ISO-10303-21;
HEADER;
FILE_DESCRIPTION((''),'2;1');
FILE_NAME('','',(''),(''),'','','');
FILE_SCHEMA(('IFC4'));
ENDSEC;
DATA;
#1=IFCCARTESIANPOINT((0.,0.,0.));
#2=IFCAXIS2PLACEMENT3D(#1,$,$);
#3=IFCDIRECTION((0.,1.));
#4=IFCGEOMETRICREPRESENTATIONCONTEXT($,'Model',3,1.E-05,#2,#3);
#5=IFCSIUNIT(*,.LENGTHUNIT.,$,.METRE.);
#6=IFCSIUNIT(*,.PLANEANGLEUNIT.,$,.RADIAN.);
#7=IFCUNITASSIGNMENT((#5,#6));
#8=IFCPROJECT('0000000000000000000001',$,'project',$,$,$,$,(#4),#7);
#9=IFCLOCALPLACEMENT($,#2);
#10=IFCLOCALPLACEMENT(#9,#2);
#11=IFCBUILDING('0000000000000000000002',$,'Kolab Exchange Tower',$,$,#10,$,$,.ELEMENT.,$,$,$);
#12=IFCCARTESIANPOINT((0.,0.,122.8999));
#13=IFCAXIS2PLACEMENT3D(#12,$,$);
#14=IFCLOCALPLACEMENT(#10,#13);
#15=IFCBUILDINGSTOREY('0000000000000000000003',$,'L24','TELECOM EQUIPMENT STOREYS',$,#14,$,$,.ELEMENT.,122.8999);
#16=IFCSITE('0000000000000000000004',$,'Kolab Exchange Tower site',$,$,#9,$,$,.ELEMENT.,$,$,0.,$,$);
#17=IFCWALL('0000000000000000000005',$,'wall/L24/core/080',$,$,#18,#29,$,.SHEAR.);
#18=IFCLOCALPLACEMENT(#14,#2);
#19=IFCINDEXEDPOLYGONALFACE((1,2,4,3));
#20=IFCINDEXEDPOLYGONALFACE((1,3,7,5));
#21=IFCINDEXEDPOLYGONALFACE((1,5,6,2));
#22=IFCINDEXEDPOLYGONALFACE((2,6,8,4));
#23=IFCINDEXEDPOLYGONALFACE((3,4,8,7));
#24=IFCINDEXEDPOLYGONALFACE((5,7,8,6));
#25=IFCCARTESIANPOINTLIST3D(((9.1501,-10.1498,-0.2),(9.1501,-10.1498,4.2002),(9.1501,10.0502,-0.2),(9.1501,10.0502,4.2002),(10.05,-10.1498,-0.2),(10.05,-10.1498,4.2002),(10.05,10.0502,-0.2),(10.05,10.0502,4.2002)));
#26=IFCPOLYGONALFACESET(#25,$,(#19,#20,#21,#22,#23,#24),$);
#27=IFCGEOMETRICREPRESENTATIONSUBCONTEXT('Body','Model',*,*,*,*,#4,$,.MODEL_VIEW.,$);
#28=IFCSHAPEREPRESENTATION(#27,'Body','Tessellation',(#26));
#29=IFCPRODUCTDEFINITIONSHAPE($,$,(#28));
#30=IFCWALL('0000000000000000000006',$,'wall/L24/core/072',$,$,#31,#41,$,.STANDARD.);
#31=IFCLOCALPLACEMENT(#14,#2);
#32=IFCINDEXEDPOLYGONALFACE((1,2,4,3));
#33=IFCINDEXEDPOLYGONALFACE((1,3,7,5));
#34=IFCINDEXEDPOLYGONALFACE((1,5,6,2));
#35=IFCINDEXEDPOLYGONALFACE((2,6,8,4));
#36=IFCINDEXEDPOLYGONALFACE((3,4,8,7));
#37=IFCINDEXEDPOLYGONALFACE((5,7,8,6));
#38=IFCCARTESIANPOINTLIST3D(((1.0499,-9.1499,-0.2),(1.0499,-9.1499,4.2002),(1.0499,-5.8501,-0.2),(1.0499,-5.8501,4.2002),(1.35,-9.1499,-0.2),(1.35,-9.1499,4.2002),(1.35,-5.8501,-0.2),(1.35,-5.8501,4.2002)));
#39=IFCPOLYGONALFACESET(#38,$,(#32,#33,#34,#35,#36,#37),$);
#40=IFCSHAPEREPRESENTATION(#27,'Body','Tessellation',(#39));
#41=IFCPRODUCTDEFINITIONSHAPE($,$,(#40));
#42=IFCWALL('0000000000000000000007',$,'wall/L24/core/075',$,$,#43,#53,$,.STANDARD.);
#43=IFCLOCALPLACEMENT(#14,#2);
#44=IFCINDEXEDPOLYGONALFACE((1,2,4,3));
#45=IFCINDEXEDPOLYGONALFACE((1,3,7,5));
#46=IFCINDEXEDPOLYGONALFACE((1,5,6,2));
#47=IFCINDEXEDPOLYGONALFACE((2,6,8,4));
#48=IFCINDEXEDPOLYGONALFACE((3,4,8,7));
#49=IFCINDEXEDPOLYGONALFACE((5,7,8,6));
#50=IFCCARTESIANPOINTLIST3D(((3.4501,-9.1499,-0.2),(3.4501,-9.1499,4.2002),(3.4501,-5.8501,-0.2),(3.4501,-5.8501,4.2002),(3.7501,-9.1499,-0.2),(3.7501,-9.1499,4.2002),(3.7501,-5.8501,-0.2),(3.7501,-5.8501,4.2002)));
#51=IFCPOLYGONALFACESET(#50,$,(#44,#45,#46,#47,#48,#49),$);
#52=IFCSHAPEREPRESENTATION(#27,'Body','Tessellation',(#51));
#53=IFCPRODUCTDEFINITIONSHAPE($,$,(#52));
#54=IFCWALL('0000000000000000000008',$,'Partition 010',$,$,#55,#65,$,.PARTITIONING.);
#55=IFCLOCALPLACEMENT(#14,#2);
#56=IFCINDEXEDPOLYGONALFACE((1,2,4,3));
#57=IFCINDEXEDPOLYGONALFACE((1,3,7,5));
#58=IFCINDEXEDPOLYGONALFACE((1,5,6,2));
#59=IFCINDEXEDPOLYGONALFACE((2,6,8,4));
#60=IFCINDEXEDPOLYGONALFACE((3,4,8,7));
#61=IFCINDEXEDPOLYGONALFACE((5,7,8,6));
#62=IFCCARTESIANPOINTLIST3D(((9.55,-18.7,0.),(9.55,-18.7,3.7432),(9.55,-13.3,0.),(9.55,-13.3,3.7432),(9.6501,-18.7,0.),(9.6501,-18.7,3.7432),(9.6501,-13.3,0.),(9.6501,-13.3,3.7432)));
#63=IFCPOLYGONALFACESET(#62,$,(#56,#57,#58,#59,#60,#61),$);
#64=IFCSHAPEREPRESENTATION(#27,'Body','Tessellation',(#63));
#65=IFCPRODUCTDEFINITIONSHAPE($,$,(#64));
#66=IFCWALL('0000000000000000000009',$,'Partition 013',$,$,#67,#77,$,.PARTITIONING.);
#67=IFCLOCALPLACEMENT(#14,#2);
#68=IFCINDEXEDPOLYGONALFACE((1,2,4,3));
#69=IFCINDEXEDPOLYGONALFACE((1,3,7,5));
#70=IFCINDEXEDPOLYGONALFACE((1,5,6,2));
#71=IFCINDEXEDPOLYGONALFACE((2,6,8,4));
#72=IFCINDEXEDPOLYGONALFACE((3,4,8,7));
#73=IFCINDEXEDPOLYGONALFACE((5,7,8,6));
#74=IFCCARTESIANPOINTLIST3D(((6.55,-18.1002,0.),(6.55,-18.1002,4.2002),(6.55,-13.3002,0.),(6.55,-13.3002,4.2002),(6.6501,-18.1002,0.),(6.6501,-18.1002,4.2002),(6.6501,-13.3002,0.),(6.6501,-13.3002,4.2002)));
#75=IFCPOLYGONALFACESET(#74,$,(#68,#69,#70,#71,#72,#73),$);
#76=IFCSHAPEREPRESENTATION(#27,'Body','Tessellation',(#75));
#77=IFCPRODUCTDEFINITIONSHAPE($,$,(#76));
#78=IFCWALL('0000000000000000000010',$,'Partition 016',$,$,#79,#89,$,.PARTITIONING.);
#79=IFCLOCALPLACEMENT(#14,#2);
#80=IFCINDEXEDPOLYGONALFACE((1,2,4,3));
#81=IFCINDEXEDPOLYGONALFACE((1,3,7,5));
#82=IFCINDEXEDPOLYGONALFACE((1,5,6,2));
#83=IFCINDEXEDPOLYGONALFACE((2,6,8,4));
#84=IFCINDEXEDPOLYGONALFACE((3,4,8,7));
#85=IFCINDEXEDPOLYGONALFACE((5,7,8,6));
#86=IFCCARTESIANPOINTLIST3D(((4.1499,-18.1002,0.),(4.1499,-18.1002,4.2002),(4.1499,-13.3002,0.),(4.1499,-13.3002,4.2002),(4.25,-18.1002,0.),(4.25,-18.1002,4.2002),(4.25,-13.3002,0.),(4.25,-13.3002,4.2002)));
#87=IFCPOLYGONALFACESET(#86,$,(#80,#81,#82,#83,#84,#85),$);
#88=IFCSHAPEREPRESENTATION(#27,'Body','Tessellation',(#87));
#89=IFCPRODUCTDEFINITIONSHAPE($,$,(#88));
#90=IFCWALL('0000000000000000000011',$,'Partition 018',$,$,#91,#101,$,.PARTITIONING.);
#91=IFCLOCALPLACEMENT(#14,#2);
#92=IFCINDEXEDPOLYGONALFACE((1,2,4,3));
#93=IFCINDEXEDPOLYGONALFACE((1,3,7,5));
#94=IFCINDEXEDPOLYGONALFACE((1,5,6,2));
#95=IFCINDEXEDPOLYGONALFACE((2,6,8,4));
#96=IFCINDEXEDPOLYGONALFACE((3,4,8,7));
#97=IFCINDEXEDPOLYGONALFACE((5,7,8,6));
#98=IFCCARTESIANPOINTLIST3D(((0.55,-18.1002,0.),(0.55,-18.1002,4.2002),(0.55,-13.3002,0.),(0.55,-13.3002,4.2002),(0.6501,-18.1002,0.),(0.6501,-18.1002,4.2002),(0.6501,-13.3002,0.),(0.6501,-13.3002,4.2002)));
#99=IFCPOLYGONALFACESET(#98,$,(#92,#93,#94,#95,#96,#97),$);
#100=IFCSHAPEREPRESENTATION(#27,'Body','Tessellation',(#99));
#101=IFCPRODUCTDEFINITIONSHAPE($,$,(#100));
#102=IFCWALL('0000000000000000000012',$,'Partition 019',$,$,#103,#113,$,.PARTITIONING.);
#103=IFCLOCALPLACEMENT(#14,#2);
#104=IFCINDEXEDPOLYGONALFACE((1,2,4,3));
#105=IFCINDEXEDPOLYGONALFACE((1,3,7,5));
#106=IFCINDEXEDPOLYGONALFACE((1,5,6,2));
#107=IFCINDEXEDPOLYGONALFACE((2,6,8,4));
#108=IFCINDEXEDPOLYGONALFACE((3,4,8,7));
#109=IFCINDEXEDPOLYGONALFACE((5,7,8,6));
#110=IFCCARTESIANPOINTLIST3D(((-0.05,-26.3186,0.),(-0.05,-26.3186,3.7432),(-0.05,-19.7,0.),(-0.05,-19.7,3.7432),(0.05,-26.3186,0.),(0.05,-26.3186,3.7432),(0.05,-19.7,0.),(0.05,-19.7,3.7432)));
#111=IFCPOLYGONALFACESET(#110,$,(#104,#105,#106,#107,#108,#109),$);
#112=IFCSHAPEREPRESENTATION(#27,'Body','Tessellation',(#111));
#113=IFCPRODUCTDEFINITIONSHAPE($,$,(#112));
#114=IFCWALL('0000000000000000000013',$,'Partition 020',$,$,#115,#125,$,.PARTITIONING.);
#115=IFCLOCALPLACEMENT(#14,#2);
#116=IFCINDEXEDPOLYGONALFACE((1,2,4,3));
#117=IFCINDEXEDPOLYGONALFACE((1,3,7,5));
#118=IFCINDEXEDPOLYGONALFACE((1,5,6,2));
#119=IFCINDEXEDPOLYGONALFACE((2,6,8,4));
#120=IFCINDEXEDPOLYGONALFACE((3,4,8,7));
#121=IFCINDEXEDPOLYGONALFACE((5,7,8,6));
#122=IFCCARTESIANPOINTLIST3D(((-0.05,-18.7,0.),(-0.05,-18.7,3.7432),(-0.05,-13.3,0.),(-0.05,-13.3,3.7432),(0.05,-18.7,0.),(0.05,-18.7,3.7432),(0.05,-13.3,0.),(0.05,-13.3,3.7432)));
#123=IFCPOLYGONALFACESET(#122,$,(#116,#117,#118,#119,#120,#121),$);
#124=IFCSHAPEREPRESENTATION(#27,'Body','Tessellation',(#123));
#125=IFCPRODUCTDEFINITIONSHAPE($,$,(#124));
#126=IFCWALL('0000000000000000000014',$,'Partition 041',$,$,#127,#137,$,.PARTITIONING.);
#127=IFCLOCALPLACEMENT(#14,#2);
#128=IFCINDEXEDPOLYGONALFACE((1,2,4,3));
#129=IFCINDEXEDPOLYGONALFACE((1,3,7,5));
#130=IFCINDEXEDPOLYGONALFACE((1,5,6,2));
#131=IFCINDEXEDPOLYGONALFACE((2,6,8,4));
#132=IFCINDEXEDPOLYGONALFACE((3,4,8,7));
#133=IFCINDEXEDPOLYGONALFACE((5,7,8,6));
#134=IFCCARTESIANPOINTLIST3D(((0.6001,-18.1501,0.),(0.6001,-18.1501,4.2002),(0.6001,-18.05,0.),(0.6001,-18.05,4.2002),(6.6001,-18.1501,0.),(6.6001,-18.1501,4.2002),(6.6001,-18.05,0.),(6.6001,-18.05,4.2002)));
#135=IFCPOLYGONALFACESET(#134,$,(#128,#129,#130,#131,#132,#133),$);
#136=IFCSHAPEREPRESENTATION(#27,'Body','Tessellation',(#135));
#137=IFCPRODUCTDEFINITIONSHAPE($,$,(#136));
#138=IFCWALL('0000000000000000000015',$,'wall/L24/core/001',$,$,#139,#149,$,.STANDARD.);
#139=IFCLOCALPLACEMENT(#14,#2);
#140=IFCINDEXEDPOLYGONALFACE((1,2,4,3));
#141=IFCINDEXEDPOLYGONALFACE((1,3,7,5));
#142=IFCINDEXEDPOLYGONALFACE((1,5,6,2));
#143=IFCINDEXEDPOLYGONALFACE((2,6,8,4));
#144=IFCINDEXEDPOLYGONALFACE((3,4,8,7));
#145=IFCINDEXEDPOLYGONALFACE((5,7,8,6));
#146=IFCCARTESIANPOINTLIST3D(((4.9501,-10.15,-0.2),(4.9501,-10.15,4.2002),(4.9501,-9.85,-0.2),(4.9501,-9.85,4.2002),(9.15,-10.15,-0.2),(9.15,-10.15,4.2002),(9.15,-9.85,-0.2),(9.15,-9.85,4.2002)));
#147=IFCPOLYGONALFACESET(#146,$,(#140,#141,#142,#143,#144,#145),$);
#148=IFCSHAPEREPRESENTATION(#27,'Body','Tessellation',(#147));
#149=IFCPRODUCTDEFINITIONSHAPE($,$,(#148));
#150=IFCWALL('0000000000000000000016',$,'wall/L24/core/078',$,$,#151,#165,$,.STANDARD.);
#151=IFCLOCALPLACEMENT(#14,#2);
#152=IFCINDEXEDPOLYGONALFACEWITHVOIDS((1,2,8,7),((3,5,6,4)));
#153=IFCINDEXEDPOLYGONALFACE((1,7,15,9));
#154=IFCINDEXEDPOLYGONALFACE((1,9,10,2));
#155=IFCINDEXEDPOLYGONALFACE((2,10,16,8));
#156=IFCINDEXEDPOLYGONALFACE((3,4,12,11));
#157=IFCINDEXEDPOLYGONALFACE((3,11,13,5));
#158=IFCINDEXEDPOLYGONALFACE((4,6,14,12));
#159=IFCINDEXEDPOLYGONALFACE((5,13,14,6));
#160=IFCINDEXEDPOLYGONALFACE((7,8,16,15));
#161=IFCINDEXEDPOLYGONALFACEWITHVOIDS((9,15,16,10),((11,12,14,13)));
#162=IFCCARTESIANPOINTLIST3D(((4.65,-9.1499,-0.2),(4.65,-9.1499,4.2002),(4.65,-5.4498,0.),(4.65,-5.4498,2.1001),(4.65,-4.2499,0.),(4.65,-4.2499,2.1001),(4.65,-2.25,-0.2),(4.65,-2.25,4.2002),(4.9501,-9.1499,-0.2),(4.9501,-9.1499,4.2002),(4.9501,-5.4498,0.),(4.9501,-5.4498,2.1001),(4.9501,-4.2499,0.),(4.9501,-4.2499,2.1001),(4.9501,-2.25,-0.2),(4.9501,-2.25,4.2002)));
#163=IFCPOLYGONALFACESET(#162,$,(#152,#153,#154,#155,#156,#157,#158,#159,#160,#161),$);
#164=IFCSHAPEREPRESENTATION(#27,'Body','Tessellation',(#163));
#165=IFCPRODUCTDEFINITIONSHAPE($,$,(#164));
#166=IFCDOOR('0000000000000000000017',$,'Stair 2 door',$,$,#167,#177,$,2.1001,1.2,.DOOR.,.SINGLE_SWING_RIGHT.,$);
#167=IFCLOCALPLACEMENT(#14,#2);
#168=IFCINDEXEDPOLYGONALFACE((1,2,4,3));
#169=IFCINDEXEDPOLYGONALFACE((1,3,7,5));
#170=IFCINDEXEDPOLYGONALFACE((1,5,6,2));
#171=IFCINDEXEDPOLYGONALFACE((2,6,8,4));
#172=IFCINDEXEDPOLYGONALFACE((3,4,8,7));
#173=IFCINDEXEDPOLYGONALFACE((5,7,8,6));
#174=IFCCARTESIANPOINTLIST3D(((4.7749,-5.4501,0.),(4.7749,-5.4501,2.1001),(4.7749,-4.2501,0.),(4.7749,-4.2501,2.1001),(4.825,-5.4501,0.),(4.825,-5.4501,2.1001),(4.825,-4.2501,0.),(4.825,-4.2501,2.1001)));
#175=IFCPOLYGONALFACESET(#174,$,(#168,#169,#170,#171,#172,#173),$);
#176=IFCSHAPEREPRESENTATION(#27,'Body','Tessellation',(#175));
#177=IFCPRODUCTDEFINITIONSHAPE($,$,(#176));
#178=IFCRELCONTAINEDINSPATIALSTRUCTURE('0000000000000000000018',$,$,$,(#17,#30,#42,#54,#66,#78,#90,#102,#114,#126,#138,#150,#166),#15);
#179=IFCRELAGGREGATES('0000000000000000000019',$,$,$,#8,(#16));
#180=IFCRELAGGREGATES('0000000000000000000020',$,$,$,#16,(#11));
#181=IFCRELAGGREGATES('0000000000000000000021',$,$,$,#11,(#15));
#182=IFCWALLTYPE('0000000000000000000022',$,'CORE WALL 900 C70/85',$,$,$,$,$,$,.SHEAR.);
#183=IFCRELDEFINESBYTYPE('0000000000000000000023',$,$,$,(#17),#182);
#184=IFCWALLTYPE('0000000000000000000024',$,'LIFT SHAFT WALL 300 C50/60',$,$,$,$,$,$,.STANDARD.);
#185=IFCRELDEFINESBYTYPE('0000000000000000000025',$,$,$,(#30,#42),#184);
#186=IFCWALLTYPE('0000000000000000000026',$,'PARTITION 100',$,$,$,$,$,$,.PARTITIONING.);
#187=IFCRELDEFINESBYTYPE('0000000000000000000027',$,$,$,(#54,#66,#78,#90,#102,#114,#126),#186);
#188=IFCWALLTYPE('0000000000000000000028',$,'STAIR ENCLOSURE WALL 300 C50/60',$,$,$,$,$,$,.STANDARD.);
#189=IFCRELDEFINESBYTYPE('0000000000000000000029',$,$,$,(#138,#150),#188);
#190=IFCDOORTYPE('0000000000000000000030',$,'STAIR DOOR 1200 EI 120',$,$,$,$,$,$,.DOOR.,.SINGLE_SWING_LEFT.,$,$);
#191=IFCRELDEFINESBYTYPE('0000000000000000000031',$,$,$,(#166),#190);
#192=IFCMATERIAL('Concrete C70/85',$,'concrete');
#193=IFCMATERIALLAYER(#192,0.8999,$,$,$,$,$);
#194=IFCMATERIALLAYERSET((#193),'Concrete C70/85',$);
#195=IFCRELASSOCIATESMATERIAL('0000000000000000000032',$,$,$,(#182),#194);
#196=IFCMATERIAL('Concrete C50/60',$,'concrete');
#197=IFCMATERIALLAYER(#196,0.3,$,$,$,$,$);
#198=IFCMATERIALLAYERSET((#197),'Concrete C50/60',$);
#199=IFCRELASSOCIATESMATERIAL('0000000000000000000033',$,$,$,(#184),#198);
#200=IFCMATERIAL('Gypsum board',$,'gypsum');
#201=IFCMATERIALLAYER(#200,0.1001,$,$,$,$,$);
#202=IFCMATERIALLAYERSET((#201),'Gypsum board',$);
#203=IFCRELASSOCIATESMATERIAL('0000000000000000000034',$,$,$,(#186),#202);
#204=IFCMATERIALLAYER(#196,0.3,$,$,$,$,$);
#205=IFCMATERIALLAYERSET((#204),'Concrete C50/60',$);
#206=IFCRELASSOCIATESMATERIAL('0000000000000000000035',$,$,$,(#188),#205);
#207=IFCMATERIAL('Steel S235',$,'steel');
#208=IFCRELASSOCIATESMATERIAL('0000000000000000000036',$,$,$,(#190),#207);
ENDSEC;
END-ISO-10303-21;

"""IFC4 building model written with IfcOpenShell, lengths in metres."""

from ifc_helpers import new_model, si_unit, direction, frame, frame_2d, origin, place, context, subcontext, project, spatial, rectangle, extrude, material, layer, layer_set, type_object, element, fill, save


model = new_model("IFC4")

# Units and contexts
model_context = context("Model", 3, precision=1e-05, world=origin(), true_north=direction((0.0, 1.0)))
body_context = subcontext(model_context, "Body", "Model", "MODEL_VIEW")
ifc_project = project(units=[si_unit("LENGTHUNIT", "METRE"), si_unit("PLANEANGLEUNIT", "RADIAN")], contexts=[model_context])

# Site, building, storey
site_placement = place(None, origin())
site = spatial("IfcSite", under=ifc_project, at=site_placement, Name="Kolab Exchange Tower site", CompositionType="ELEMENT", RefElevation=0.0)
building_placement = place(site_placement, origin())
building = spatial("IfcBuilding", under=site, at=building_placement, Name="Kolab Exchange Tower", CompositionType="ELEMENT")
storey_placement = place(building_placement, frame((0.0, 0.0, 122.8999)))
storey = spatial("IfcBuildingStorey", under=building, at=storey_placement, Name="L24", Description="TELECOM EQUIPMENT STOREYS", CompositionType="ELEMENT", Elevation=122.8999)

# Shared definitions
ifc_material_1 = material(Name="Concrete C70/85", Category="concrete")

# Shared definitions
ifc_layer_1 = layer(ifc_material_1, 0.8999)
ifc_layer_set_1 = layer_set([ifc_layer_1], Name="Concrete C70/85")
wall_type_1 = type_object("IfcWallType", Name="CORE WALL 900 C70/85", PredefinedType="SHEAR", material=ifc_layer_set_1)
ifc_material_2 = material(Name="Steel S235", Category="steel")

# Walls
wall_1_placement = place(storey_placement, frame((9.6001, -10.1499, -0.2), z_axis=(0.0, 0.0, 1.0), x_axis=(0.0, 1.0, 0.0)))
element("IfcWall", 1, at=wall_1_placement, inside=storey, type_object=wall_type_1, Name="wall/L24/core/080", PredefinedType="SHEAR", context=body_context, shape_type="SweptSolid", body=[
    extrude(rectangle(XDim=20.2, YDim=0.8999, at=frame_2d((10.1001, 0.0))), origin(), (0.0, 0.0, 1.0), 4.4001),
])
ifc_material_3 = material(Name="Concrete C50/60", Category="concrete")
ifc_layer_2 = layer(ifc_material_3, 0.3)
ifc_layer_set_2 = layer_set([ifc_layer_2], Name="Concrete C50/60")
wall_type_2 = type_object("IfcWallType", Name="LIFT SHAFT WALL 300 C50/60", PredefinedType="STANDARD", material=ifc_layer_set_2)
for number, where, z_axis, x_axis, name in (
    (2, (1.2, -9.1499, -0.2), (0.0, 0.0, 1.0), (0.0, 1.0, 0.0), "wall/L24/core/072"),
    (3, (3.6001, -9.1499, -0.2), (0.0, 0.0, 1.0), (0.0, 1.0, 0.0), "wall/L24/core/075"),
):
    element("IfcWall", number, at=place(storey_placement, frame(where, z_axis=z_axis, x_axis=x_axis)), inside=storey, type_object=wall_type_2, Name=name, PredefinedType="STANDARD", context=body_context, shape_type="SweptSolid", body=[
        extrude(rectangle(XDim=3.2998, YDim=0.3, at=frame_2d((1.6499, 0.0))), origin(), (0.0, 0.0, 1.0), 4.4001),
    ])
ifc_material_4 = material(Name="Gypsum board", Category="gypsum")
ifc_layer_3 = layer(ifc_material_4, 0.1001)
ifc_layer_set_3 = layer_set([ifc_layer_3], Name="Gypsum board")
wall_type_3 = type_object("IfcWallType", Name="PARTITION 100", PredefinedType="PARTITIONING", material=ifc_layer_set_3)
wall_2_placement = place(storey_placement, frame((9.6001, -18.7, 0.0), z_axis=(0.0, 0.0, 1.0), x_axis=(0.0, 1.0, 0.0)))
element("IfcWall", 4, at=wall_2_placement, inside=storey, type_object=wall_type_3, Name="Partition 010", PredefinedType="PARTITIONING", context=body_context, shape_type="SweptSolid", body=[
    extrude(rectangle(XDim=5.3999, YDim=0.1001, at=frame_2d((2.7, 0.0))), origin(), (0.0, 0.0, 1.0), 3.7432),
])
for number, where, z_axis, x_axis, name in (
    (5, (6.6001, -18.1001, 0.0), (0.0, 0.0, 1.0), (0.0, 1.0, 0.0), "Partition 013"),
    (6, (4.2, -18.1001, 0.0), (0.0, 0.0, 1.0), (0.0, 1.0, 0.0), "Partition 016"),
    (7, (0.6001, -18.1001, 0.0), (0.0, 0.0, 1.0), (0.0, 1.0, 0.0), "Partition 018"),
):
    element("IfcWall", number, at=place(storey_placement, frame(where, z_axis=z_axis, x_axis=x_axis)), inside=storey, type_object=wall_type_3, Name=name, PredefinedType="PARTITIONING", context=body_context, shape_type="SweptSolid", body=[
        extrude(rectangle(XDim=4.8, YDim=0.1001, at=frame_2d((2.3999, 0.0))), origin(), (0.0, 0.0, 1.0), 4.2002),
    ])
wall_3_placement = place(storey_placement, frame((0.0, -26.3186, 0.0), z_axis=(0.0, 0.0, 1.0), x_axis=(0.0, 1.0, 0.0)))
element("IfcWall", 8, at=wall_3_placement, inside=storey, type_object=wall_type_3, Name="Partition 019", PredefinedType="PARTITIONING", context=body_context, shape_type="SweptSolid", body=[
    extrude(rectangle(XDim=6.6187, YDim=0.1001, at=frame_2d((3.3093, 0.0))), origin(), (0.0, 0.0, 1.0), 3.7432),
])
wall_4_placement = place(storey_placement, frame((0.0, -18.7, 0.0), z_axis=(0.0, 0.0, 1.0), x_axis=(0.0, 1.0, 0.0)))
element("IfcWall", 9, at=wall_4_placement, inside=storey, type_object=wall_type_3, Name="Partition 020", PredefinedType="PARTITIONING", context=body_context, shape_type="SweptSolid", body=[
    extrude(rectangle(XDim=5.3999, YDim=0.1001, at=frame_2d((2.7, 0.0))), origin(), (0.0, 0.0, 1.0), 3.7432),
])
wall_5_placement = place(storey_placement, frame((0.6001, -18.1001, 0.0), z_axis=(0.0, 0.0, 1.0), x_axis=(1.0, 0.0, 0.0)))
element("IfcWall", 10, at=wall_5_placement, inside=storey, type_object=wall_type_3, Name="Partition 041", PredefinedType="PARTITIONING", context=body_context, shape_type="SweptSolid", body=[
    extrude(rectangle(XDim=6.0, YDim=0.1001, at=frame_2d((3.0, 0.0))), origin(), (0.0, 0.0, 1.0), 4.2002),
])
ifc_layer_4 = layer(ifc_material_3, 0.3)
ifc_layer_set_4 = layer_set([ifc_layer_4], Name="Concrete C50/60")
wall_type_4 = type_object("IfcWallType", Name="STAIR ENCLOSURE WALL 300 C50/60", PredefinedType="STANDARD", material=ifc_layer_set_4)
wall_6_placement = place(storey_placement, frame((4.95, -10.0, -0.2), z_axis=(0.0, 0.0, 1.0), x_axis=(1.0, 0.0, 0.0)))
element("IfcWall", 11, at=wall_6_placement, inside=storey, type_object=wall_type_4, Name="wall/L24/core/001", PredefinedType="STANDARD", context=body_context, shape_type="SweptSolid", body=[
    extrude(rectangle(XDim=4.2, YDim=0.3, at=frame_2d((2.1001, 0.0))), origin(), (0.0, 0.0, 1.0), 4.4001),
])

# Wall, opening, door
wall_7_placement = place(storey_placement, frame((4.8, -9.1499, -0.2), z_axis=(0.0, 0.0, 1.0), x_axis=(0.0, 1.0, 0.0)))
wall_7 = element("IfcWall", 12, at=wall_7_placement, inside=storey, type_object=wall_type_4, Name="wall/L24/core/078", PredefinedType="STANDARD", context=body_context, shape_type="SweptSolid", body=[
    extrude(rectangle(XDim=6.8999, YDim=0.3, at=frame_2d((3.45, 0.0))), origin(), (0.0, 0.0, 1.0), 4.4001),
])
opening_1_placement = place(wall_7_placement, frame((3.7, 0.0, 0.2)))
opening_1 = element("IfcOpeningElement", 13, at=opening_1_placement, cuts=wall_7, PredefinedType="OPENING", context=body_context, shape_type="SweptSolid", body=[
    extrude(rectangle(XDim=1.2, YDim=2.1001, at=frame_2d((0.6001, 1.05))), frame((0.0, 0.1602, 0.0), z_axis=(0.0, -1.0, 0.0), x_axis=(1.0, 0.0, 0.0)), (0.0, 0.0, 1.0), 0.3201),
])
door_type_1 = type_object("IfcDoorType", Name="STAIR DOOR 1200 EI 120", OperationType="SINGLE_SWING_LEFT", PredefinedType="DOOR", material=ifc_material_2)
door_1_placement = place(opening_1_placement, frame((1.2, 0.0, 0.0), z_axis=(0.0, 0.0, 1.0), x_axis=(-1.0, 0.0, 0.0)))
door_1 = element("IfcDoor", 14, at=door_1_placement, inside=storey, type_object=door_type_1, Name="Stair 2 door", OperationType="SINGLE_SWING_RIGHT", OverallHeight=2.1001, OverallWidth=1.2, PredefinedType="DOOR", context=body_context, shape_type="SweptSolid", body=[
    extrude(rectangle(XDim=1.2, YDim=2.1001, at=frame_2d((0.6001, 1.05))), frame((0.0, 0.0249, 0.0), z_axis=(0.0, -1.0, 0.0), x_axis=(1.0, 0.0, 0.0)), (0.0, 0.0, 1.0), 0.05),
])
fill(opening_1, door_1)

save(model, "model.ifc")
